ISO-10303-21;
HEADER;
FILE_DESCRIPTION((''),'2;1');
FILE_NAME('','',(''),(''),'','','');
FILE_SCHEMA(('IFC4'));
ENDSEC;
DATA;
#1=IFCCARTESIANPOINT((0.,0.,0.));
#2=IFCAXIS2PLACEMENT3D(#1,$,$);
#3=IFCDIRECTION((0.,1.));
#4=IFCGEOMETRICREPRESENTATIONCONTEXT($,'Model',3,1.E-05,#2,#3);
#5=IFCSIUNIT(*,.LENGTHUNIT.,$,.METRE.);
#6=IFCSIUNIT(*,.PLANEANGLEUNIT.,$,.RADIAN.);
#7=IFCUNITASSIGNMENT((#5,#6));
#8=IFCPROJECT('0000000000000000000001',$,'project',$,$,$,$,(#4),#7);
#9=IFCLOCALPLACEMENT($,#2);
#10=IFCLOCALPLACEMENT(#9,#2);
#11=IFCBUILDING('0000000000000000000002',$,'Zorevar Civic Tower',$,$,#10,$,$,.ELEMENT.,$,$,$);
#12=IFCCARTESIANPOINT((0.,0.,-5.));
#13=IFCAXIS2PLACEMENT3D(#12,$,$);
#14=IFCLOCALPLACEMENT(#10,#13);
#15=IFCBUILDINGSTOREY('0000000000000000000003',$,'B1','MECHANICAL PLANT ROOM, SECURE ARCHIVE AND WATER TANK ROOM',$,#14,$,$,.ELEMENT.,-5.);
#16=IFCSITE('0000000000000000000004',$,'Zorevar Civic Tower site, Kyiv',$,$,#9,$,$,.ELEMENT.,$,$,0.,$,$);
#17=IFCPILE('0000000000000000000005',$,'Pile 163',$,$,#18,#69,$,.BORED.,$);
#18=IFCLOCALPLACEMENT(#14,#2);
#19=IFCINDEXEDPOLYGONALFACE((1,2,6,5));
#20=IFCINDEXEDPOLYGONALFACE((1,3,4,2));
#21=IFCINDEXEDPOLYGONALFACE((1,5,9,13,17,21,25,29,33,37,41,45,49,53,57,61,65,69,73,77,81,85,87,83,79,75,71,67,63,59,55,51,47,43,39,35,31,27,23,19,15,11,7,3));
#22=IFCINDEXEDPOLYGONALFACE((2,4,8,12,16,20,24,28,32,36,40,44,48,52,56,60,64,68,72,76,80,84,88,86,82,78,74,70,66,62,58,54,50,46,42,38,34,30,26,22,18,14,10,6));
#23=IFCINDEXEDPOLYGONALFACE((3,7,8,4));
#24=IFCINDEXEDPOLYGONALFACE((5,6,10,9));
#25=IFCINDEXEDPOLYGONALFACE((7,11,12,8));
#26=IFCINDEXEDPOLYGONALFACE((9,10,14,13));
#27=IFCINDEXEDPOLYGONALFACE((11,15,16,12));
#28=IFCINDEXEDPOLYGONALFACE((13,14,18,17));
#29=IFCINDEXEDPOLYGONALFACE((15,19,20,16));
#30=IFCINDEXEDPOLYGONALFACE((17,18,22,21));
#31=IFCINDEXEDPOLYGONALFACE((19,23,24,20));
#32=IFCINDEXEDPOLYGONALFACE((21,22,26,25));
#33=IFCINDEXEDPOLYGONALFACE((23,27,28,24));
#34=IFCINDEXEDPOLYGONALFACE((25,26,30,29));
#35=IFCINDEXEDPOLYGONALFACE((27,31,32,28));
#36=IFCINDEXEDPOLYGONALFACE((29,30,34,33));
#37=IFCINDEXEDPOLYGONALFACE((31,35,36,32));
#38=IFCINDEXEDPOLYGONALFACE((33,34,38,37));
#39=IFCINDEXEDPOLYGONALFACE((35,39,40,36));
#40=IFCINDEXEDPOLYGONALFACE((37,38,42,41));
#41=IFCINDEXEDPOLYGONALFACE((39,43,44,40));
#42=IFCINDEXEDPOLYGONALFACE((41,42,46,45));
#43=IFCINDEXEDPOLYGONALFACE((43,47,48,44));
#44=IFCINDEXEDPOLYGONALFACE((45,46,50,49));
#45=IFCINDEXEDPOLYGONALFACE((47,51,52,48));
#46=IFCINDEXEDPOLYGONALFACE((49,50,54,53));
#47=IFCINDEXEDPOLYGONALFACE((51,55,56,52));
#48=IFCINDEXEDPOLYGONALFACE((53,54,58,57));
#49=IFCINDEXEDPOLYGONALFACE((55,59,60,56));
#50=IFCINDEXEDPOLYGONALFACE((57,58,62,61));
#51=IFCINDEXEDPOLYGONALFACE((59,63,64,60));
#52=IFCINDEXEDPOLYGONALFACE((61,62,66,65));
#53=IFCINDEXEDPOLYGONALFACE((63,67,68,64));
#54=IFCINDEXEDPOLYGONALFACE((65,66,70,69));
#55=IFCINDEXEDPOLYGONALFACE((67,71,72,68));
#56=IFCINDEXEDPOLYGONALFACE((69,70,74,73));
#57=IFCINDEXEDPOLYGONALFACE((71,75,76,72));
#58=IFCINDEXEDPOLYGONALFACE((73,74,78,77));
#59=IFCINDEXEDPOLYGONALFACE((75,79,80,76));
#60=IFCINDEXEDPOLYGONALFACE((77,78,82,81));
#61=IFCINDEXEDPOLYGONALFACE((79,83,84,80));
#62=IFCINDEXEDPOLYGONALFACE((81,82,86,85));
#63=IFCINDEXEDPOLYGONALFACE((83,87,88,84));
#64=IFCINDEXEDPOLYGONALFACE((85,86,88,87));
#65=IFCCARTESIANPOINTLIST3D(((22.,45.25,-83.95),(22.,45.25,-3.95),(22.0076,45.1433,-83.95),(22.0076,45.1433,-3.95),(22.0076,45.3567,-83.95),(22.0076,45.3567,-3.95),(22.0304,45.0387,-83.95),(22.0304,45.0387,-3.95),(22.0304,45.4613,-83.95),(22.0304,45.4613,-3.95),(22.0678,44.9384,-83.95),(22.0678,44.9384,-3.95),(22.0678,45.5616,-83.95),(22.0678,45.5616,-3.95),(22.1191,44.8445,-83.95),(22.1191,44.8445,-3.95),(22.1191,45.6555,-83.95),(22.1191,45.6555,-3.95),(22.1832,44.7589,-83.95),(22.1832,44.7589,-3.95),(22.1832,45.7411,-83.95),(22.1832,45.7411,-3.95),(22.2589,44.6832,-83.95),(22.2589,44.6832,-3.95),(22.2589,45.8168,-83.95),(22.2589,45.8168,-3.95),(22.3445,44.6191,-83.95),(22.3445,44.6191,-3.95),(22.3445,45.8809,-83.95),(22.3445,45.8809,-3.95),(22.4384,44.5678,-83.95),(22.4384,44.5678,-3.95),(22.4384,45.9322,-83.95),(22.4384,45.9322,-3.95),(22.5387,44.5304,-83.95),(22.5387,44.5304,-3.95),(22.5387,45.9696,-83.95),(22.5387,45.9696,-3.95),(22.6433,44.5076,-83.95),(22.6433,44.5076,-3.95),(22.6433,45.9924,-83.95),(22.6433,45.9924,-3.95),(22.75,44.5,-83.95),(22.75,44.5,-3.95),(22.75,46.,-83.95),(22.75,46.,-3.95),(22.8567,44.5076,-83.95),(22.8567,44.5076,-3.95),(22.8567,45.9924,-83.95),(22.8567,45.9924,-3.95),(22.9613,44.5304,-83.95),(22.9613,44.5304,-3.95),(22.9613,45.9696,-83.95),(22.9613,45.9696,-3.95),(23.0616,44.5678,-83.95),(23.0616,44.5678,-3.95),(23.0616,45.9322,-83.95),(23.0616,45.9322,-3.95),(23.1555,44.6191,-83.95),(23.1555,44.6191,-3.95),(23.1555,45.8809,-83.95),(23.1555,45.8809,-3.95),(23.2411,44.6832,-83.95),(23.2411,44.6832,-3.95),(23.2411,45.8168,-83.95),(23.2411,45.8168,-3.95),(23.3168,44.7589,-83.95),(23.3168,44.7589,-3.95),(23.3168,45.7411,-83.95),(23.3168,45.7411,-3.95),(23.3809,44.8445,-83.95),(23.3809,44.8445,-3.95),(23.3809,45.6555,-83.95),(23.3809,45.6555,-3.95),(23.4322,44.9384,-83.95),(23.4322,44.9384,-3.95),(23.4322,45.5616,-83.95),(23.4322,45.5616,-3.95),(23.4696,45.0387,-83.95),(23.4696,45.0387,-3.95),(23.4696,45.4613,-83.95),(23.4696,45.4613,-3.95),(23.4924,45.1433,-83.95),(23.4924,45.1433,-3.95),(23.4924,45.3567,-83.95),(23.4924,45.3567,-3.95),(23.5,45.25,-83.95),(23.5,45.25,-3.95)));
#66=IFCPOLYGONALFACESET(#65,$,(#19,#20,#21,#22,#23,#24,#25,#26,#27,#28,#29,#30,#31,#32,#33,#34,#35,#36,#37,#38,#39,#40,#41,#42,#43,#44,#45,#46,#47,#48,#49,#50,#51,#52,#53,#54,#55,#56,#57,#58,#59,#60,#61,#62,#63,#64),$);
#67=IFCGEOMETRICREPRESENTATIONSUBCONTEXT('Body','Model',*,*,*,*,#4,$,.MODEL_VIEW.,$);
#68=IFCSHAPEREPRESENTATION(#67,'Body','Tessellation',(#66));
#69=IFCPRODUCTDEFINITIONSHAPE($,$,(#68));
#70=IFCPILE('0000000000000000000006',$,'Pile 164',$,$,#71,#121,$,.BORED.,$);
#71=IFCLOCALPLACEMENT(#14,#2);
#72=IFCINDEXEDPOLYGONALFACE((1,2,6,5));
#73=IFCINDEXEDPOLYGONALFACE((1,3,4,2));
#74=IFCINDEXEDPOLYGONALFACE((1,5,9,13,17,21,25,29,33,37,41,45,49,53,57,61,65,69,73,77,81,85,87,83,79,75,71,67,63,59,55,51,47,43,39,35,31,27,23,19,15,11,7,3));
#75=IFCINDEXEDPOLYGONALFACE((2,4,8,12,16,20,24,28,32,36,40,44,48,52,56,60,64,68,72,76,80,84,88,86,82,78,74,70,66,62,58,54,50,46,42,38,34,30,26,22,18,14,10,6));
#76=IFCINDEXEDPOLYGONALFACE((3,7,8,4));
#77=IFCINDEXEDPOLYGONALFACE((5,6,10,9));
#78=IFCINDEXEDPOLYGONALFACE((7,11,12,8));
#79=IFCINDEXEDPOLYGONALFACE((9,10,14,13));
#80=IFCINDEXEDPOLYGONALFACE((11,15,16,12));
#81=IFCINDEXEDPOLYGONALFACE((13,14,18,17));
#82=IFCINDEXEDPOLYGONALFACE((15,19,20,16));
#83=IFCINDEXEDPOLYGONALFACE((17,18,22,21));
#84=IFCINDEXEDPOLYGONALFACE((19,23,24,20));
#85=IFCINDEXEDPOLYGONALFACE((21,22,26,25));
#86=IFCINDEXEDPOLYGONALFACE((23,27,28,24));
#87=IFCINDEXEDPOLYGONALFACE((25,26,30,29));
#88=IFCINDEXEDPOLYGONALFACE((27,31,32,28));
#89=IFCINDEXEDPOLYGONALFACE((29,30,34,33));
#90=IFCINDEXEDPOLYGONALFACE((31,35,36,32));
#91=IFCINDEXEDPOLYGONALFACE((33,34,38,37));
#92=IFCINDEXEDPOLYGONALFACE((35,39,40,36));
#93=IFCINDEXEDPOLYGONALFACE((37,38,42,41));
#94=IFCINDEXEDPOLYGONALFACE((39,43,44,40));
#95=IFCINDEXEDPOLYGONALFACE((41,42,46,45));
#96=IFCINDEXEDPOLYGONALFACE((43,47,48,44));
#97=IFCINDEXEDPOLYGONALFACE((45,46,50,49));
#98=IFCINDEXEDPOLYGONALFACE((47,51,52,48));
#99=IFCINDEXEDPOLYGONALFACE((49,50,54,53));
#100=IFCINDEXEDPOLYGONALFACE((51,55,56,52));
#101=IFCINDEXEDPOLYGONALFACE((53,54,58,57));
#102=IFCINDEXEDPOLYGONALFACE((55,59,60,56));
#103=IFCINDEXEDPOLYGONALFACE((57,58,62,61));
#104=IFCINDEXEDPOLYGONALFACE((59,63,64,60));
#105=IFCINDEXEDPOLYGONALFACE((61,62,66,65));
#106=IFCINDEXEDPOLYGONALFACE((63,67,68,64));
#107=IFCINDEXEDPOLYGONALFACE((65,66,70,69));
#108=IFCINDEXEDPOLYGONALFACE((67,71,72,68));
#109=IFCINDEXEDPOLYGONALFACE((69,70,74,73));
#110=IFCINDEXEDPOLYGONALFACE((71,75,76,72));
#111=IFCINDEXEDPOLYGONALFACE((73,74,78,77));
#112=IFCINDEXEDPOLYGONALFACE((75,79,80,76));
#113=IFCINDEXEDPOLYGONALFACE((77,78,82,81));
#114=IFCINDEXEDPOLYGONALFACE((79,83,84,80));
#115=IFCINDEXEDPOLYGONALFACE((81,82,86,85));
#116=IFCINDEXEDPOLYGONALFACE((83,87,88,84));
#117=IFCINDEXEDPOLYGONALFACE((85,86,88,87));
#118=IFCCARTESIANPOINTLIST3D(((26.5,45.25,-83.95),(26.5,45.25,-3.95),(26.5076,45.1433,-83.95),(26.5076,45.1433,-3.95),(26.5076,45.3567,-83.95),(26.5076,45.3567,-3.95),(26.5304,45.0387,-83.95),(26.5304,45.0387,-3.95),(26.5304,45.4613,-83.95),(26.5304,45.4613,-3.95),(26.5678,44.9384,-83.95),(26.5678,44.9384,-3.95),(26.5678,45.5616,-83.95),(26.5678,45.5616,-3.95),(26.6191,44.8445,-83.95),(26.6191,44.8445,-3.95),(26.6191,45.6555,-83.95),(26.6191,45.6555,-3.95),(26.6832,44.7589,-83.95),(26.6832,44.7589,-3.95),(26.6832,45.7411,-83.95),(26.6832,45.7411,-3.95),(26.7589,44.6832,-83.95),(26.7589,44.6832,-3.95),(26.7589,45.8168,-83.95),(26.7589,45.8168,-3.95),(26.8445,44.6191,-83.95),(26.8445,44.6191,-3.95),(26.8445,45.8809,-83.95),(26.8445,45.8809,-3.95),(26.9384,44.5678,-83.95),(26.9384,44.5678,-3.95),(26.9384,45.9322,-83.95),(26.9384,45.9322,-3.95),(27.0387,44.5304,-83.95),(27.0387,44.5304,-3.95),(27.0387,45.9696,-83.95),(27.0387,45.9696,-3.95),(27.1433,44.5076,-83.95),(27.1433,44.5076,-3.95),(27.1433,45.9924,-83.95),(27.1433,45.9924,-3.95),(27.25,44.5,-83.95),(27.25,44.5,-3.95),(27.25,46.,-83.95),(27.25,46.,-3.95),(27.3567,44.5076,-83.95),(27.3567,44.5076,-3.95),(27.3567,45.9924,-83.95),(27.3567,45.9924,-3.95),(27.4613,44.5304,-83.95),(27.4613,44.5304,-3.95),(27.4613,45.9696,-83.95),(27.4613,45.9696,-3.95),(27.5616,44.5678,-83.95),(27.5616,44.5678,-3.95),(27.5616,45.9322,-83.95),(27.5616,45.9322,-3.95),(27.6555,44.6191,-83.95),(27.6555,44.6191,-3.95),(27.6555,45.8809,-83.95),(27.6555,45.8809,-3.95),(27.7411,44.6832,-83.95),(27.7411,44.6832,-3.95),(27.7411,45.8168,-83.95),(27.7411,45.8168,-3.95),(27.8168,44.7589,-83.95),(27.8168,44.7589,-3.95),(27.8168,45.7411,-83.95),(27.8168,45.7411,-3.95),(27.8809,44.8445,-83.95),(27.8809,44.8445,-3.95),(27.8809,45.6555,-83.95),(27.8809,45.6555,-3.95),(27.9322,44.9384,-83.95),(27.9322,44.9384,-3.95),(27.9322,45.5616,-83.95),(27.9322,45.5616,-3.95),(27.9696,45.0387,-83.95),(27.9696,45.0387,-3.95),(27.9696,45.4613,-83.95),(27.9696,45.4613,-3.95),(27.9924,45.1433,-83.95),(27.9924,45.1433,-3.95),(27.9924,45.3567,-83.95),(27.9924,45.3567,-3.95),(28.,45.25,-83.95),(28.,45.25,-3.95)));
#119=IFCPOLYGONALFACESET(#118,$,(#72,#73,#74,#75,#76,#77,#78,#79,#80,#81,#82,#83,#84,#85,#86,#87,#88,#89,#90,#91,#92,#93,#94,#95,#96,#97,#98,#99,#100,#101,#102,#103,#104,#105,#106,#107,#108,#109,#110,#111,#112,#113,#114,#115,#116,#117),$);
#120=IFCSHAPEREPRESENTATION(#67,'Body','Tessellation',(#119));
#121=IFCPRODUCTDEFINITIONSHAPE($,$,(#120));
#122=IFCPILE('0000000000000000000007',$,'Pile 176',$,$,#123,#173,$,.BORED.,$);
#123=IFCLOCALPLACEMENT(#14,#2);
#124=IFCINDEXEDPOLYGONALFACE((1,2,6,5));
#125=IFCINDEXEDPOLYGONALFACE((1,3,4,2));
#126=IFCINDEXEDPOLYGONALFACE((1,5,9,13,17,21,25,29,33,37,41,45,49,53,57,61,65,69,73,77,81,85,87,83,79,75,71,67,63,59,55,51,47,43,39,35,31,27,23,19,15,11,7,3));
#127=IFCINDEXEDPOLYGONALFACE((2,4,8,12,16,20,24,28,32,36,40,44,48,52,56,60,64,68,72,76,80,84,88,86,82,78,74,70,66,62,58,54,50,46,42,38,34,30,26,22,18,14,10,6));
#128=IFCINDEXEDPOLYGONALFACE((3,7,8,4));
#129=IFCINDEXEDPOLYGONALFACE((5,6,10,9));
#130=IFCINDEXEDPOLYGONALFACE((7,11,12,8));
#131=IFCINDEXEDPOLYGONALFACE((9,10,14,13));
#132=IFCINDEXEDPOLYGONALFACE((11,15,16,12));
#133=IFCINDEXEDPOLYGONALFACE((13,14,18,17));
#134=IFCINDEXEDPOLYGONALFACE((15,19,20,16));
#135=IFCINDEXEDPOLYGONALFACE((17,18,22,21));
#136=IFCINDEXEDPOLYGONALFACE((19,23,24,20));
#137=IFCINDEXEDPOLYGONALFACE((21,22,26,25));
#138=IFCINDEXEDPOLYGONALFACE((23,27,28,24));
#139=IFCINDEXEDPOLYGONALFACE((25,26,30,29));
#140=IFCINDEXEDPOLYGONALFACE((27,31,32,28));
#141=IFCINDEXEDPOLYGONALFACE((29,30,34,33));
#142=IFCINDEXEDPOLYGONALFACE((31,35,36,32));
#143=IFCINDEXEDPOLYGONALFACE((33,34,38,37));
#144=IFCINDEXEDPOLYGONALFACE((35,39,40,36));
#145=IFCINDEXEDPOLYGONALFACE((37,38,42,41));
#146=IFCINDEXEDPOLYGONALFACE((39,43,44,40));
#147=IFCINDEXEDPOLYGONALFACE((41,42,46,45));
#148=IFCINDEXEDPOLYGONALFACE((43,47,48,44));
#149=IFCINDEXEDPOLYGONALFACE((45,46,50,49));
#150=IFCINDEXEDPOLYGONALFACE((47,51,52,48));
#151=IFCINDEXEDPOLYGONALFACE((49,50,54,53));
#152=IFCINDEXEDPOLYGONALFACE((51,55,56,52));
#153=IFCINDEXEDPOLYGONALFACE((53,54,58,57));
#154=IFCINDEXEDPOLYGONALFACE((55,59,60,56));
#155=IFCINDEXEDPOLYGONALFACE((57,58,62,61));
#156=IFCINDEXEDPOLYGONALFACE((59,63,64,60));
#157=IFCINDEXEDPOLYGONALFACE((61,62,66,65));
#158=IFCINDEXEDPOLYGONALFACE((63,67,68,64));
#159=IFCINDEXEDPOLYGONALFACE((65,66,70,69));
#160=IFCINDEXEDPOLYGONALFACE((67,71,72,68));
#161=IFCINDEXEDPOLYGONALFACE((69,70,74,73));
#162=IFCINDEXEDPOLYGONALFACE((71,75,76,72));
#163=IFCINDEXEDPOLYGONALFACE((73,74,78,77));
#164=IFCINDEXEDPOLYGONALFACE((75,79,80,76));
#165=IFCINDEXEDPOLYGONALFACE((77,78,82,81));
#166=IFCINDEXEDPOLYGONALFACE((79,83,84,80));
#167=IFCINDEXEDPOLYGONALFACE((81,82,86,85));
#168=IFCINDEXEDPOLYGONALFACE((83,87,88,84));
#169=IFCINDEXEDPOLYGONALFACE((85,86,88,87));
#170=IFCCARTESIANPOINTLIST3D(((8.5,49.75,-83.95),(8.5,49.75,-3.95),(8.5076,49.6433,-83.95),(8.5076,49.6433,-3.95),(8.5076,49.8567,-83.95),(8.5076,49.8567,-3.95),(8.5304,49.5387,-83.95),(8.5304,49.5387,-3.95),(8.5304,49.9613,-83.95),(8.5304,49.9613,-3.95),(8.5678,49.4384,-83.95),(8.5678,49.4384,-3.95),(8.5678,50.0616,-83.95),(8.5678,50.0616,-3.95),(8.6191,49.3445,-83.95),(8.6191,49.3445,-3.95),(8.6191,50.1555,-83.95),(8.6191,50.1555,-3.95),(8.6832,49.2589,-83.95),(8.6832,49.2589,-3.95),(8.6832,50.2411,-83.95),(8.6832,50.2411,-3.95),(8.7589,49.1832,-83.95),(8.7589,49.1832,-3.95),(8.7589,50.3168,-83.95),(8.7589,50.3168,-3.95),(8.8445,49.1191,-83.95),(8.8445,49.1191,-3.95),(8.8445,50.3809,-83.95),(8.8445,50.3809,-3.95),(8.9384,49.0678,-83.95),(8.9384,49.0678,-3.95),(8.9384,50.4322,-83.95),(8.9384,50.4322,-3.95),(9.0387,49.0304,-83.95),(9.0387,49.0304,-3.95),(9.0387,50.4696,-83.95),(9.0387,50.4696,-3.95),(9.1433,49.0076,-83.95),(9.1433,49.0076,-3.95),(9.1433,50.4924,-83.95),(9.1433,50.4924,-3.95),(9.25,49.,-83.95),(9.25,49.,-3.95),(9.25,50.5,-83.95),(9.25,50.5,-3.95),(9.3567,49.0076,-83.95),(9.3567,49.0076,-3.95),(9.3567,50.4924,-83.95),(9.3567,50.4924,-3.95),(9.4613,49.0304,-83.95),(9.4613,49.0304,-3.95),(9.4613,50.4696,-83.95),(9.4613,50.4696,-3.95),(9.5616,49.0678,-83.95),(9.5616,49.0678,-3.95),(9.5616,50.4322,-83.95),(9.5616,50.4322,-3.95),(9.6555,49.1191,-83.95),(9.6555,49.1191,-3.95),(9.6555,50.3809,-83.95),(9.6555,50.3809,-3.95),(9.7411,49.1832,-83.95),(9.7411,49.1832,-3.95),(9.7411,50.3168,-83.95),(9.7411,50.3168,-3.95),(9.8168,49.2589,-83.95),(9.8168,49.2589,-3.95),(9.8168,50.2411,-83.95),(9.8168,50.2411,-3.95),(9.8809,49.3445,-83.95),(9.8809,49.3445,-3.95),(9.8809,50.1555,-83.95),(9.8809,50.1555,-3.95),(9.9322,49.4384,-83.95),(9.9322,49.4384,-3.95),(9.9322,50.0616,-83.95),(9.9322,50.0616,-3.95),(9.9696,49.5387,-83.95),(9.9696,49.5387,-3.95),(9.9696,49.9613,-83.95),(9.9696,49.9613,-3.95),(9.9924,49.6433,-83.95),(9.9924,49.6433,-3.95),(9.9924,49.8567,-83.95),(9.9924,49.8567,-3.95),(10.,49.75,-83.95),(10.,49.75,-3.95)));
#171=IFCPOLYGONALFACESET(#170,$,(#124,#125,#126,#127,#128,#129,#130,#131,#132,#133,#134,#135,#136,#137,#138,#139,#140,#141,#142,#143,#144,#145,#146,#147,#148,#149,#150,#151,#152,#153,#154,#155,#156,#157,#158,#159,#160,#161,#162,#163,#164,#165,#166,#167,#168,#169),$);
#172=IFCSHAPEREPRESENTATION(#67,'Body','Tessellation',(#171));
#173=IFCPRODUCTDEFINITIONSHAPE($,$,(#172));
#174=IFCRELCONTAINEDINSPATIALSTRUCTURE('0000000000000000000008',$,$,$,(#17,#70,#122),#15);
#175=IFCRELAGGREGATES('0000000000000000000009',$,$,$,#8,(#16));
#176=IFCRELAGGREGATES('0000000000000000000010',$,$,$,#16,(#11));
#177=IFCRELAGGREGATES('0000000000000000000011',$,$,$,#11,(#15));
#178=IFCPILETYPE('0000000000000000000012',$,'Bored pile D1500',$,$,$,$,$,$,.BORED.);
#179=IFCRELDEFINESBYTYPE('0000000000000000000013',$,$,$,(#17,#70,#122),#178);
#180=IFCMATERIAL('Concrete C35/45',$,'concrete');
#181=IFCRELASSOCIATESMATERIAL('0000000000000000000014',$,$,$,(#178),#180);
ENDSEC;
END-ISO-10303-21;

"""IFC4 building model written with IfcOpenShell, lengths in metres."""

from ifc_helpers import new_model, si_unit, direction, frame, origin, origin_2d, place, context, subcontext, project, spatial, circle, extrude, material, type_object, element, save


model = new_model("IFC4")

# Units and contexts
model_context = context("Model", 3, precision=1e-05, world=origin(), true_north=direction((0.0, 1.0)))
body_context = subcontext(model_context, "Body", "Model", "MODEL_VIEW")
ifc_project = project(units=[si_unit("LENGTHUNIT", "METRE"), si_unit("PLANEANGLEUNIT", "RADIAN")], contexts=[model_context])

# Site, building, storey
site_placement = place(None, origin())
site = spatial("IfcSite", under=ifc_project, at=site_placement, Name="Zorevar Civic Tower site, Kyiv", CompositionType="ELEMENT", RefElevation=0.0)
building_placement = place(site_placement, origin())
building = spatial("IfcBuilding", under=site, at=building_placement, Name="Zorevar Civic Tower", CompositionType="ELEMENT")
storey_placement = place(building_placement, frame((0.0, 0.0, -5.0)))
storey = spatial("IfcBuildingStorey", under=building, at=storey_placement, Name="B1", Description="MECHANICAL PLANT ROOM, SECURE ARCHIVE AND WATER TANK ROOM", CompositionType="ELEMENT", Elevation=-5.0)

# Piles
ifc_material_1 = material(Name="Concrete C35/45", Category="concrete")
pile_type = type_object("IfcPileType", Name="Bored pile D1500", PredefinedType="BORED", material=ifc_material_1)
for number, where, z_axis, x_axis, name in (
    (1, (22.75, 45.25, -3.95), (0.0, 0.0, -1.0), (1.0, 0.0, 0.0), "Pile 163"),
    (2, (27.25, 45.25, -3.95), (0.0, 0.0, -1.0), (1.0, 0.0, 0.0), "Pile 164"),
    (3, (9.25, 49.75, -3.95), (0.0, 0.0, -1.0), (1.0, 0.0, 0.0), "Pile 176"),
):
    element("IfcPile", number, at=place(storey_placement, frame(where, z_axis=z_axis, x_axis=x_axis)), inside=storey, type_object=pile_type, Name=name, PredefinedType="BORED", context=body_context, shape_type="SweptSolid", body=[
        extrude(circle(Radius=0.75, at=origin_2d()), origin(), (0.0, 0.0, 1.0), 80.0),
    ])

save(model, "model.ifc")
